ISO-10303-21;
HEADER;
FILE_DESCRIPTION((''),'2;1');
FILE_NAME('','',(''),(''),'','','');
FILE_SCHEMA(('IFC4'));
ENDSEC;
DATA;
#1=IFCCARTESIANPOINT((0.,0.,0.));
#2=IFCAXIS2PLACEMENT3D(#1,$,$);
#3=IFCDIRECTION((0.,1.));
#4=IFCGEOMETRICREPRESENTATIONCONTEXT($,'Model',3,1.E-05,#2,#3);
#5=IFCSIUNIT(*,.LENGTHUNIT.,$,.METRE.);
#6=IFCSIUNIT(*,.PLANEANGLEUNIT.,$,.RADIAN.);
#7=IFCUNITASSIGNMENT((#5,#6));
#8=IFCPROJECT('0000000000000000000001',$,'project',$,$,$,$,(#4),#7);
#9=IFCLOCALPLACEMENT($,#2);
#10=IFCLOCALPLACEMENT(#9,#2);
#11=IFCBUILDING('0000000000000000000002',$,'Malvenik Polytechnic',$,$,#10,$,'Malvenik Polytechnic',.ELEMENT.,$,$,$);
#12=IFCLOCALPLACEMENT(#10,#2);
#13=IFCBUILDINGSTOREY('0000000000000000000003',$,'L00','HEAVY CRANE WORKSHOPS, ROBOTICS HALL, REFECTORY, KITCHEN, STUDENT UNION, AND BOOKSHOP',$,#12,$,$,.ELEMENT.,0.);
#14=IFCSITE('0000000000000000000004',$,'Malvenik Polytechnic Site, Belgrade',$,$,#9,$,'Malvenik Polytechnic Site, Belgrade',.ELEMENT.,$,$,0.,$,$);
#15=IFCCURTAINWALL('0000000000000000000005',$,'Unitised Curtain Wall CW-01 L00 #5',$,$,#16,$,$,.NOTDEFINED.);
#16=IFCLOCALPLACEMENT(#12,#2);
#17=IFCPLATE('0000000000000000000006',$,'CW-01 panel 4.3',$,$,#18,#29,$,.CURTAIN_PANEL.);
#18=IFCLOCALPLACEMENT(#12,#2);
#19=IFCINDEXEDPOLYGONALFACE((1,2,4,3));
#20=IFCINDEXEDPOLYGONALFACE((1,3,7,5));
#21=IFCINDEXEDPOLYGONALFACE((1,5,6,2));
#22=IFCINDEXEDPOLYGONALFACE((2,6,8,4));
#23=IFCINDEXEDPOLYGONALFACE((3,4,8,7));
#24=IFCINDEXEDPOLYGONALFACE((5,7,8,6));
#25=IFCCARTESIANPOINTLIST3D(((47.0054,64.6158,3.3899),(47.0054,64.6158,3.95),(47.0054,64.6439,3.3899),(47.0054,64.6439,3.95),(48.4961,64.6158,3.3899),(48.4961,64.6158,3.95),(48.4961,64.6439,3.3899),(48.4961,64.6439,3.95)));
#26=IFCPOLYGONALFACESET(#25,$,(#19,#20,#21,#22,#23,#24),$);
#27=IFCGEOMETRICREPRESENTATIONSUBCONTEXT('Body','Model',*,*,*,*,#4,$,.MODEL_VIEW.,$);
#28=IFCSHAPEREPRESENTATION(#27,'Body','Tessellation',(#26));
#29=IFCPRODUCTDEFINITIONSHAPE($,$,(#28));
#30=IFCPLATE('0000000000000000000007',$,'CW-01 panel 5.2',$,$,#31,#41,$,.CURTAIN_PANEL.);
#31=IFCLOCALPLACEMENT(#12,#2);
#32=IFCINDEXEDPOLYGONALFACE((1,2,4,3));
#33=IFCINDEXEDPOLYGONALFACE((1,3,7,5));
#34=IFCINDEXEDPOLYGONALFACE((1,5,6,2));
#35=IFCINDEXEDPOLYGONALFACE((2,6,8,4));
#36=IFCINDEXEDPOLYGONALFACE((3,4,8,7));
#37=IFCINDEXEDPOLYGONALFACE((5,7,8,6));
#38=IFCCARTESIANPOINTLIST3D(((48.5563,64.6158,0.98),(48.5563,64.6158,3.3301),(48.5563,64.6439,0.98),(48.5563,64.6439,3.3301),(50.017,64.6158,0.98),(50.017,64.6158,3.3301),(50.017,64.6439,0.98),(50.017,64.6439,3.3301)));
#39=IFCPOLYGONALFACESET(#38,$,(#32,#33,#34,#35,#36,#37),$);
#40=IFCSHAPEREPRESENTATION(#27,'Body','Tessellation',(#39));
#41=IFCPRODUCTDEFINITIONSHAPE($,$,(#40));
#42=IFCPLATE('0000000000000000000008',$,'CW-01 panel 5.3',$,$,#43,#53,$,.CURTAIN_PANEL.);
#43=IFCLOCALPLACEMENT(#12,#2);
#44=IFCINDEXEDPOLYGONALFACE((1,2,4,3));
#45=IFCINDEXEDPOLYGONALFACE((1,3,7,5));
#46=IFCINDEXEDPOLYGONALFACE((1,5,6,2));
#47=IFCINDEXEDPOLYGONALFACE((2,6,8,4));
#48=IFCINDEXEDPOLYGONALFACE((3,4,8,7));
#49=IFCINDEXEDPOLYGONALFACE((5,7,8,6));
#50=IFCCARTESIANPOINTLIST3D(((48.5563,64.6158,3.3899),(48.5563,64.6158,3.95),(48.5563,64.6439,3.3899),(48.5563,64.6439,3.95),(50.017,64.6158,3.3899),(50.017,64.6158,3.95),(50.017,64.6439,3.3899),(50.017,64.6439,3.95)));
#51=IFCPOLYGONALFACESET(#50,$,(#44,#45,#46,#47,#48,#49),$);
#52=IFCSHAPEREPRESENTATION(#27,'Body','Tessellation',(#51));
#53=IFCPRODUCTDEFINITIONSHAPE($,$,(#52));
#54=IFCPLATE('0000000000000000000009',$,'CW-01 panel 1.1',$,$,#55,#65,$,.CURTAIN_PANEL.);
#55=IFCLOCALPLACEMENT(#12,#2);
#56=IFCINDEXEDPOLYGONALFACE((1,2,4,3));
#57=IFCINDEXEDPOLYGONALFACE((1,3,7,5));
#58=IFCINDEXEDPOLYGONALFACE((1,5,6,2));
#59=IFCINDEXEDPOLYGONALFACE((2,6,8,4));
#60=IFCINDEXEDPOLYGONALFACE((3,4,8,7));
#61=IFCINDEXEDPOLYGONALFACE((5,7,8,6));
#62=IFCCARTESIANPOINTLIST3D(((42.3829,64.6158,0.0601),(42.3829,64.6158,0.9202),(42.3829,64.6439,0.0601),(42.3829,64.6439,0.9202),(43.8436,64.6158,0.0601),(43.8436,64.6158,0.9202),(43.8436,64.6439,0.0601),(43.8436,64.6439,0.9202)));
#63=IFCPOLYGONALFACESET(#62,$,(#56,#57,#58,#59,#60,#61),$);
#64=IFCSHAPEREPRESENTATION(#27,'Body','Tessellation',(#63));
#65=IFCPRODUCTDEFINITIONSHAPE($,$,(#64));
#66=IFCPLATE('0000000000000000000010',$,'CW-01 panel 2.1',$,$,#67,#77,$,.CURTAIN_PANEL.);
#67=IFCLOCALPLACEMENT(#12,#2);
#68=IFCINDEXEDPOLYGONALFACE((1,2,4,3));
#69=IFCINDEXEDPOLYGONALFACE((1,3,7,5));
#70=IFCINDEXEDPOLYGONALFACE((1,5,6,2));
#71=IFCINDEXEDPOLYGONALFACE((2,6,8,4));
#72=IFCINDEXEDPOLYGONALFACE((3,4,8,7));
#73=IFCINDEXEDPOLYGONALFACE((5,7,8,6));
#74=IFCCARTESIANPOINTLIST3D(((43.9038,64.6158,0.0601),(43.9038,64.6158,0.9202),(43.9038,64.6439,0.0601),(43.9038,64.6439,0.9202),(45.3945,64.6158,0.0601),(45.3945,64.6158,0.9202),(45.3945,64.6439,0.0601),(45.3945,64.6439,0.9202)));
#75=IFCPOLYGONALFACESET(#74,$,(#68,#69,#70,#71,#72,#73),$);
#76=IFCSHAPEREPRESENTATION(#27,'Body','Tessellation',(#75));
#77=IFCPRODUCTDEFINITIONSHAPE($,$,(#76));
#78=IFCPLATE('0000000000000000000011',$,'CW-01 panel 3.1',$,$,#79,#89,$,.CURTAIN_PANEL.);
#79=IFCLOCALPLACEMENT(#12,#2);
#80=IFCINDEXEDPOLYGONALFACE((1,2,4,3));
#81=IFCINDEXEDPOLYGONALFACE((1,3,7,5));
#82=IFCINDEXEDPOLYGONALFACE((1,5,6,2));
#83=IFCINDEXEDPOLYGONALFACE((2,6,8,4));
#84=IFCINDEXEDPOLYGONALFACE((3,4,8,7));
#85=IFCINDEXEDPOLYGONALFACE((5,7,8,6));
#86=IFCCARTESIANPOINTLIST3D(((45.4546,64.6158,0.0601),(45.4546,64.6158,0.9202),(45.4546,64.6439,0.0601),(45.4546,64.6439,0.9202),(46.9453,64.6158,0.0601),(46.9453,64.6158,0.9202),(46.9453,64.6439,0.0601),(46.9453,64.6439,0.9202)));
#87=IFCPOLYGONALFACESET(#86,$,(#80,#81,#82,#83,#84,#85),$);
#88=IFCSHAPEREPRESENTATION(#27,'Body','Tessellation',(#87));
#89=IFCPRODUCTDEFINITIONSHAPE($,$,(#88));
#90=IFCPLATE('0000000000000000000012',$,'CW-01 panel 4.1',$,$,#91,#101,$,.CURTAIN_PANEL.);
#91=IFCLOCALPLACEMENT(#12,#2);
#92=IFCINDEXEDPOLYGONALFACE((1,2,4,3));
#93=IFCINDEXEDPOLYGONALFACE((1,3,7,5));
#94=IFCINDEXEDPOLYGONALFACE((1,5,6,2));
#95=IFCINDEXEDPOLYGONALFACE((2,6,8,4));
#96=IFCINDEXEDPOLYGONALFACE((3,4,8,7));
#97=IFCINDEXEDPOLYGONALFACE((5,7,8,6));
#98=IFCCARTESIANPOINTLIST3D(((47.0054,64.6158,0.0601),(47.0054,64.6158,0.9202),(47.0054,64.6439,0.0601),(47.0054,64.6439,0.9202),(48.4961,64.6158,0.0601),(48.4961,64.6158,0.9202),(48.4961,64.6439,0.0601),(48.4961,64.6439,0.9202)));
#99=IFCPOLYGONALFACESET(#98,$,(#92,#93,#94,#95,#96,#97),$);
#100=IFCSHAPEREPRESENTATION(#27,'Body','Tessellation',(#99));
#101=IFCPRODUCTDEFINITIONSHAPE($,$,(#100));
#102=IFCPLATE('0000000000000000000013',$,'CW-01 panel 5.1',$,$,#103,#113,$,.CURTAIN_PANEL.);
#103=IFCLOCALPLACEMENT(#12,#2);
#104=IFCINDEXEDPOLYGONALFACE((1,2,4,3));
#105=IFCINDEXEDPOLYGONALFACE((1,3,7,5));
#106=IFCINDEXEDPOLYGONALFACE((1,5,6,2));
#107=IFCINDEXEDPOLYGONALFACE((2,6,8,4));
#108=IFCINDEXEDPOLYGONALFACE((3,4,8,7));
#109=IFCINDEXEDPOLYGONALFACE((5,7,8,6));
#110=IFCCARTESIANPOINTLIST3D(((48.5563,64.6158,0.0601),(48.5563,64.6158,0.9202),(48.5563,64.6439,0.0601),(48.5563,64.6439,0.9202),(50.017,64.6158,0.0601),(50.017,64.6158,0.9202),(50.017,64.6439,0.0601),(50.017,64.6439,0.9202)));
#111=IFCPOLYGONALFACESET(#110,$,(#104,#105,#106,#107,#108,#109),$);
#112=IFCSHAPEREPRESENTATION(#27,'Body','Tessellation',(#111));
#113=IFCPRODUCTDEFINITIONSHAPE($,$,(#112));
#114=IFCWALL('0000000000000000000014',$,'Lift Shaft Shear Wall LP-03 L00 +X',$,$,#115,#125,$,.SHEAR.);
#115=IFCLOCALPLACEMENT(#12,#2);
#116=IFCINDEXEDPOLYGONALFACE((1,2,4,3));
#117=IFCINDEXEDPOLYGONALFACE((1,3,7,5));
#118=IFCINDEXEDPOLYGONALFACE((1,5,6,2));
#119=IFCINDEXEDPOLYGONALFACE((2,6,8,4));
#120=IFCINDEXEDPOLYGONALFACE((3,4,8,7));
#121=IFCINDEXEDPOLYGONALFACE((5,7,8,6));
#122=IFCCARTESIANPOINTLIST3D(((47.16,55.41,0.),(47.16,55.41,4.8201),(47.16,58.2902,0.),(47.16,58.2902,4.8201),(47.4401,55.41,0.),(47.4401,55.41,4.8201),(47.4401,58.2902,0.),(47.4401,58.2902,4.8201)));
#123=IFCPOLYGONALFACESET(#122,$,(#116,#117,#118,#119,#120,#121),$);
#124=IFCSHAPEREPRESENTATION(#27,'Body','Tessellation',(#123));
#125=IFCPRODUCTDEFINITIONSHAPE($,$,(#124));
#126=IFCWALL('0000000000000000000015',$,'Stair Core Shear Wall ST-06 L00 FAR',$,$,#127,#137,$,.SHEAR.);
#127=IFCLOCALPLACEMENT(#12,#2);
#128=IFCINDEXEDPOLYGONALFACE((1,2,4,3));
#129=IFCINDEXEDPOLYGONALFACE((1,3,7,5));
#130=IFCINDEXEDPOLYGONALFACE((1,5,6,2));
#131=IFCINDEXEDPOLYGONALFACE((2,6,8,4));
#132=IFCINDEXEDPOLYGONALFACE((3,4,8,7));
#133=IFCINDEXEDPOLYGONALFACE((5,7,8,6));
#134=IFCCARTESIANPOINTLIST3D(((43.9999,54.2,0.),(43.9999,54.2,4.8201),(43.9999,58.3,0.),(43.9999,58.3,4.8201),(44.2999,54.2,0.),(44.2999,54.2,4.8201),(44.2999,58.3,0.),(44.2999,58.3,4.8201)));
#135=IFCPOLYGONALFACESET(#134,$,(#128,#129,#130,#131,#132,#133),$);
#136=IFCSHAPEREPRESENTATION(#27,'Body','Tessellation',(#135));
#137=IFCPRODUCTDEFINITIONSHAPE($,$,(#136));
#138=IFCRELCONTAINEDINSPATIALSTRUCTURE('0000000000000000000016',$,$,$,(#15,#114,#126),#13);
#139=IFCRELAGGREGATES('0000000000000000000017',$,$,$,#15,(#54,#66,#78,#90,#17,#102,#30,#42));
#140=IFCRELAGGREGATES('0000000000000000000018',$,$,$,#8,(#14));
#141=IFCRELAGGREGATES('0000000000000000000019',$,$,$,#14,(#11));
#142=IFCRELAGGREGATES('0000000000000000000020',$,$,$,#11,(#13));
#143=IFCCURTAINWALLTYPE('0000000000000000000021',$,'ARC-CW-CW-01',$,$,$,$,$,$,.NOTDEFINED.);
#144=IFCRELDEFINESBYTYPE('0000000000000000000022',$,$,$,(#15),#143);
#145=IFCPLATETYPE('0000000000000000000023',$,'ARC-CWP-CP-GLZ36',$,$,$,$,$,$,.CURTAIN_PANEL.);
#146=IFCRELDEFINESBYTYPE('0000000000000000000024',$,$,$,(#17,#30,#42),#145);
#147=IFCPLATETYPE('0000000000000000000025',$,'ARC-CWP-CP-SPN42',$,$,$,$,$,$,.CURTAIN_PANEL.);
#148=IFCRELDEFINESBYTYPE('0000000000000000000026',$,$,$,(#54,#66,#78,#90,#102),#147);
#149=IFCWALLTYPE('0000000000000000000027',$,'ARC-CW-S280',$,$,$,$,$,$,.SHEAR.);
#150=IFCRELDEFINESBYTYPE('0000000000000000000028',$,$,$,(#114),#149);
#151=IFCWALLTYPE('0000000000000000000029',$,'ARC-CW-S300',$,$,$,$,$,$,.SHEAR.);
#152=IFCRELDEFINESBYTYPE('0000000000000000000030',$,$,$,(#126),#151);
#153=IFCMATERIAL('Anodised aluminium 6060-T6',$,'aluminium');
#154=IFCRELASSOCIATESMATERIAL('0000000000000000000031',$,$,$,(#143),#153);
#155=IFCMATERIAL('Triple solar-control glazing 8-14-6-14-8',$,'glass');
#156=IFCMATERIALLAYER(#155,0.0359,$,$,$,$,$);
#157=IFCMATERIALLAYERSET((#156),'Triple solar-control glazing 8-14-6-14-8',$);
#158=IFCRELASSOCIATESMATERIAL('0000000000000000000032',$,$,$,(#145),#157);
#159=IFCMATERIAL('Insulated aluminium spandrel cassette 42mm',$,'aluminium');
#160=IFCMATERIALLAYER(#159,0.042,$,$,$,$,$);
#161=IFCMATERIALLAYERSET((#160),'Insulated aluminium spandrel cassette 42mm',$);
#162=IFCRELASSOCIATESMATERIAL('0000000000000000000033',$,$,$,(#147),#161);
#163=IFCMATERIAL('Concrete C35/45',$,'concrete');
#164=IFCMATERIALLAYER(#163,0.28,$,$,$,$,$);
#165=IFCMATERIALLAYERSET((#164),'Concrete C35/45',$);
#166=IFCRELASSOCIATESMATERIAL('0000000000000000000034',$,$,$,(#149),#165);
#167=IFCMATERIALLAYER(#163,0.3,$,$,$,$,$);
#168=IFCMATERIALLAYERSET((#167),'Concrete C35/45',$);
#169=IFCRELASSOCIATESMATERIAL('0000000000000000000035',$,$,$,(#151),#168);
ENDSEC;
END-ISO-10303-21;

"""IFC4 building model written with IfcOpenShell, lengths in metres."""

from ifc_helpers import new_model, si_unit, direction, frame, frame_2d, origin, origin_2d, place, context, subcontext, project, spatial, rectangle, extrude, material, layer, layer_set, type_object, element, aggregate, save


model = new_model("IFC4")

# Units and contexts
model_context = context("Model", 3, precision=1e-05, world=origin(), true_north=direction((0.0, 1.0)))
body_context = subcontext(model_context, "Body", "Model", "MODEL_VIEW")
ifc_project = project(units=[si_unit("LENGTHUNIT", "METRE"), si_unit("PLANEANGLEUNIT", "RADIAN")], contexts=[model_context])

# Site, building, storey
site_placement = place(None, origin())
site = spatial("IfcSite", under=ifc_project, at=site_placement, Name="Malvenik Polytechnic Site, Belgrade", LongName="Malvenik Polytechnic Site, Belgrade", CompositionType="ELEMENT", RefElevation=0.0)
building_placement = place(site_placement, origin())
building = spatial("IfcBuilding", under=site, at=building_placement, Name="Malvenik Polytechnic", LongName="Malvenik Polytechnic", CompositionType="ELEMENT")
storey_placement = place(building_placement, origin())
storey = spatial("IfcBuildingStorey", under=building, at=storey_placement, Name="L00", Description="HEAVY CRANE WORKSHOPS, ROBOTICS HALL, REFECTORY, KITCHEN, STUDENT UNION, AND BOOKSHOP", CompositionType="ELEMENT", Elevation=0.0)

# Curtain wall, plates
ifc_material_1 = material(Name="Anodised aluminium 6060-T6", Category="aluminium")
curtain_wall_type = type_object("IfcCurtainWallType", Name="ARC-CW-CW-01", PredefinedType="NOTDEFINED", material=ifc_material_1)
curtain_wall_placement = place(storey_placement, origin())
curtain_wall = element("IfcCurtainWall", 1, at=curtain_wall_placement, inside=storey, type_object=curtain_wall_type, Name="Unitised Curtain Wall CW-01 L00 #5", PredefinedType="NOTDEFINED")
ifc_material_2 = material(Name="Triple solar-control glazing 8-14-6-14-8", Category="glass")
ifc_layer_1 = layer(ifc_material_2, 0.0359)
ifc_layer_set_1 = layer_set([ifc_layer_1], Name="Triple solar-control glazing 8-14-6-14-8")
plate_type_1 = type_object("IfcPlateType", Name="ARC-CWP-CP-GLZ36", PredefinedType="CURTAIN_PANEL", material=ifc_layer_set_1)
plate_1_placement = place(storey_placement, frame((47.7507, 64.6299, 3.3899), z_axis=(0.0, 0.0, 1.0), x_axis=(1.0, 0.0, 0.0)))
plate_1 = element("IfcPlate", 2, at=plate_1_placement, type_object=plate_type_1, Name="CW-01 panel 4.3", PredefinedType="CURTAIN_PANEL", context=body_context, shape_type="SweptSolid", body=[
    extrude(rectangle(XDim=1.4907, YDim=0.0281, at=origin_2d()), origin(), (0.0, 0.0, 1.0), 0.5601),
])
plate_2_placement = place(storey_placement, frame((49.2866, 64.6299, 0.98), z_axis=(0.0, 0.0, 1.0), x_axis=(1.0, 0.0, 0.0)))
plate_2 = element("IfcPlate", 3, at=plate_2_placement, type_object=plate_type_1, Name="CW-01 panel 5.2", PredefinedType="CURTAIN_PANEL", context=body_context, shape_type="SweptSolid", body=[
    extrude(rectangle(XDim=1.4607, YDim=0.0281, at=origin_2d()), origin(), (0.0, 0.0, 1.0), 2.3501),
])
plate_3_placement = place(storey_placement, frame((49.2866, 64.6299, 3.3899), z_axis=(0.0, 0.0, 1.0), x_axis=(1.0, 0.0, 0.0)))
plate_3 = element("IfcPlate", 4, at=plate_3_placement, type_object=plate_type_1, Name="CW-01 panel 5.3", PredefinedType="CURTAIN_PANEL", context=body_context, shape_type="SweptSolid", body=[
    extrude(rectangle(XDim=1.4607, YDim=0.0281, at=origin_2d()), origin(), (0.0, 0.0, 1.0), 0.5601),
])
ifc_material_3 = material(Name="Insulated aluminium spandrel cassette 42mm", Category="aluminium")
ifc_layer_2 = layer(ifc_material_3, 0.042)
ifc_layer_set_2 = layer_set([ifc_layer_2], Name="Insulated aluminium spandrel cassette 42mm")
plate_type_2 = type_object("IfcPlateType", Name="ARC-CWP-CP-SPN42", PredefinedType="CURTAIN_PANEL", material=ifc_layer_set_2)
plate_4_placement = place(storey_placement, frame((43.1133, 64.6299, 0.0601), z_axis=(0.0, 0.0, 1.0), x_axis=(1.0, 0.0, 0.0)))
plate_4 = element("IfcPlate", 5, at=plate_4_placement, type_object=plate_type_2, Name="CW-01 panel 1.1", PredefinedType="CURTAIN_PANEL", context=body_context, shape_type="SweptSolid", body=[
    extrude(rectangle(XDim=1.4607, YDim=0.0281, at=origin_2d()), origin(), (0.0, 0.0, 1.0), 0.8601),
])
plate_5_placement = place(storey_placement, frame((44.6492, 64.6299, 0.0601), z_axis=(0.0, 0.0, 1.0), x_axis=(1.0, 0.0, 0.0)))
plate_5 = element("IfcPlate", 6, at=plate_5_placement, type_object=plate_type_2, Name="CW-01 panel 2.1", PredefinedType="CURTAIN_PANEL", context=body_context, shape_type="SweptSolid", body=[
    extrude(rectangle(XDim=1.4907, YDim=0.0281, at=origin_2d()), origin(), (0.0, 0.0, 1.0), 0.8601),
])
plate_6_placement = place(storey_placement, frame((46.2, 64.6299, 0.0601), z_axis=(0.0, 0.0, 1.0), x_axis=(1.0, 0.0, 0.0)))
plate_6 = element("IfcPlate", 7, at=plate_6_placement, type_object=plate_type_2, Name="CW-01 panel 3.1", PredefinedType="CURTAIN_PANEL", context=body_context, shape_type="SweptSolid", body=[
    extrude(rectangle(XDim=1.4907, YDim=0.0281, at=origin_2d()), origin(), (0.0, 0.0, 1.0), 0.8601),
])
plate_7_placement = place(storey_placement, frame((47.7507, 64.6299, 0.0601), z_axis=(0.0, 0.0, 1.0), x_axis=(1.0, 0.0, 0.0)))
plate_7 = element("IfcPlate", 8, at=plate_7_placement, type_object=plate_type_2, Name="CW-01 panel 4.1", PredefinedType="CURTAIN_PANEL", context=body_context, shape_type="SweptSolid", body=[
    extrude(rectangle(XDim=1.4907, YDim=0.0281, at=origin_2d()), origin(), (0.0, 0.0, 1.0), 0.8601),
])
plate_8_placement = place(storey_placement, frame((49.2866, 64.6299, 0.0601), z_axis=(0.0, 0.0, 1.0), x_axis=(1.0, 0.0, 0.0)))
plate_8 = element("IfcPlate", 9, at=plate_8_placement, type_object=plate_type_2, Name="CW-01 panel 5.1", PredefinedType="CURTAIN_PANEL", context=body_context, shape_type="SweptSolid", body=[
    extrude(rectangle(XDim=1.4607, YDim=0.0281, at=origin_2d()), origin(), (0.0, 0.0, 1.0), 0.8601),
])
aggregate(curtain_wall, [plate_4, plate_5, plate_6, plate_7, plate_1, plate_8, plate_2, plate_3])

# Walls
ifc_material_4 = material(Name="Concrete C35/45", Category="concrete")
ifc_layer_3 = layer(ifc_material_4, 0.28)
ifc_layer_set_3 = layer_set([ifc_layer_3], Name="Concrete C35/45")
wall_type_1 = type_object("IfcWallType", Name="ARC-CW-S280", PredefinedType="SHEAR", material=ifc_layer_set_3)
wall_1_placement = place(storey_placement, frame((47.3, 58.29, 0.0), z_axis=(0.0, 0.0, 1.0), x_axis=(0.0, -1.0, 0.0)))
element("IfcWall", 10, at=wall_1_placement, inside=storey, type_object=wall_type_1, Name="Lift Shaft Shear Wall LP-03 L00 +X", PredefinedType="SHEAR", context=body_context, shape_type="SweptSolid", body=[
    extrude(rectangle(XDim=2.8801, YDim=0.28, at=frame_2d((1.4399, 0.0))), origin(), (0.0, 0.0, 1.0), 4.8201),
])
ifc_layer_4 = layer(ifc_material_4, 0.3)
ifc_layer_set_4 = layer_set([ifc_layer_4], Name="Concrete C35/45")
wall_type_2 = type_object("IfcWallType", Name="ARC-CW-S300", PredefinedType="SHEAR", material=ifc_layer_set_4)
wall_2_placement = place(storey_placement, frame((44.1499, 58.3, 0.0), z_axis=(0.0, 0.0, 1.0), x_axis=(0.0, -1.0, 0.0)))
element("IfcWall", 11, at=wall_2_placement, inside=storey, type_object=wall_type_2, Name="Stair Core Shear Wall ST-06 L00 FAR", PredefinedType="SHEAR", context=body_context, shape_type="SweptSolid", body=[
    extrude(rectangle(XDim=4.1001, YDim=0.3, at=frame_2d((2.05, 0.0))), origin(), (0.0, 0.0, 1.0), 4.8201),
])

save(model, "model.ifc")
